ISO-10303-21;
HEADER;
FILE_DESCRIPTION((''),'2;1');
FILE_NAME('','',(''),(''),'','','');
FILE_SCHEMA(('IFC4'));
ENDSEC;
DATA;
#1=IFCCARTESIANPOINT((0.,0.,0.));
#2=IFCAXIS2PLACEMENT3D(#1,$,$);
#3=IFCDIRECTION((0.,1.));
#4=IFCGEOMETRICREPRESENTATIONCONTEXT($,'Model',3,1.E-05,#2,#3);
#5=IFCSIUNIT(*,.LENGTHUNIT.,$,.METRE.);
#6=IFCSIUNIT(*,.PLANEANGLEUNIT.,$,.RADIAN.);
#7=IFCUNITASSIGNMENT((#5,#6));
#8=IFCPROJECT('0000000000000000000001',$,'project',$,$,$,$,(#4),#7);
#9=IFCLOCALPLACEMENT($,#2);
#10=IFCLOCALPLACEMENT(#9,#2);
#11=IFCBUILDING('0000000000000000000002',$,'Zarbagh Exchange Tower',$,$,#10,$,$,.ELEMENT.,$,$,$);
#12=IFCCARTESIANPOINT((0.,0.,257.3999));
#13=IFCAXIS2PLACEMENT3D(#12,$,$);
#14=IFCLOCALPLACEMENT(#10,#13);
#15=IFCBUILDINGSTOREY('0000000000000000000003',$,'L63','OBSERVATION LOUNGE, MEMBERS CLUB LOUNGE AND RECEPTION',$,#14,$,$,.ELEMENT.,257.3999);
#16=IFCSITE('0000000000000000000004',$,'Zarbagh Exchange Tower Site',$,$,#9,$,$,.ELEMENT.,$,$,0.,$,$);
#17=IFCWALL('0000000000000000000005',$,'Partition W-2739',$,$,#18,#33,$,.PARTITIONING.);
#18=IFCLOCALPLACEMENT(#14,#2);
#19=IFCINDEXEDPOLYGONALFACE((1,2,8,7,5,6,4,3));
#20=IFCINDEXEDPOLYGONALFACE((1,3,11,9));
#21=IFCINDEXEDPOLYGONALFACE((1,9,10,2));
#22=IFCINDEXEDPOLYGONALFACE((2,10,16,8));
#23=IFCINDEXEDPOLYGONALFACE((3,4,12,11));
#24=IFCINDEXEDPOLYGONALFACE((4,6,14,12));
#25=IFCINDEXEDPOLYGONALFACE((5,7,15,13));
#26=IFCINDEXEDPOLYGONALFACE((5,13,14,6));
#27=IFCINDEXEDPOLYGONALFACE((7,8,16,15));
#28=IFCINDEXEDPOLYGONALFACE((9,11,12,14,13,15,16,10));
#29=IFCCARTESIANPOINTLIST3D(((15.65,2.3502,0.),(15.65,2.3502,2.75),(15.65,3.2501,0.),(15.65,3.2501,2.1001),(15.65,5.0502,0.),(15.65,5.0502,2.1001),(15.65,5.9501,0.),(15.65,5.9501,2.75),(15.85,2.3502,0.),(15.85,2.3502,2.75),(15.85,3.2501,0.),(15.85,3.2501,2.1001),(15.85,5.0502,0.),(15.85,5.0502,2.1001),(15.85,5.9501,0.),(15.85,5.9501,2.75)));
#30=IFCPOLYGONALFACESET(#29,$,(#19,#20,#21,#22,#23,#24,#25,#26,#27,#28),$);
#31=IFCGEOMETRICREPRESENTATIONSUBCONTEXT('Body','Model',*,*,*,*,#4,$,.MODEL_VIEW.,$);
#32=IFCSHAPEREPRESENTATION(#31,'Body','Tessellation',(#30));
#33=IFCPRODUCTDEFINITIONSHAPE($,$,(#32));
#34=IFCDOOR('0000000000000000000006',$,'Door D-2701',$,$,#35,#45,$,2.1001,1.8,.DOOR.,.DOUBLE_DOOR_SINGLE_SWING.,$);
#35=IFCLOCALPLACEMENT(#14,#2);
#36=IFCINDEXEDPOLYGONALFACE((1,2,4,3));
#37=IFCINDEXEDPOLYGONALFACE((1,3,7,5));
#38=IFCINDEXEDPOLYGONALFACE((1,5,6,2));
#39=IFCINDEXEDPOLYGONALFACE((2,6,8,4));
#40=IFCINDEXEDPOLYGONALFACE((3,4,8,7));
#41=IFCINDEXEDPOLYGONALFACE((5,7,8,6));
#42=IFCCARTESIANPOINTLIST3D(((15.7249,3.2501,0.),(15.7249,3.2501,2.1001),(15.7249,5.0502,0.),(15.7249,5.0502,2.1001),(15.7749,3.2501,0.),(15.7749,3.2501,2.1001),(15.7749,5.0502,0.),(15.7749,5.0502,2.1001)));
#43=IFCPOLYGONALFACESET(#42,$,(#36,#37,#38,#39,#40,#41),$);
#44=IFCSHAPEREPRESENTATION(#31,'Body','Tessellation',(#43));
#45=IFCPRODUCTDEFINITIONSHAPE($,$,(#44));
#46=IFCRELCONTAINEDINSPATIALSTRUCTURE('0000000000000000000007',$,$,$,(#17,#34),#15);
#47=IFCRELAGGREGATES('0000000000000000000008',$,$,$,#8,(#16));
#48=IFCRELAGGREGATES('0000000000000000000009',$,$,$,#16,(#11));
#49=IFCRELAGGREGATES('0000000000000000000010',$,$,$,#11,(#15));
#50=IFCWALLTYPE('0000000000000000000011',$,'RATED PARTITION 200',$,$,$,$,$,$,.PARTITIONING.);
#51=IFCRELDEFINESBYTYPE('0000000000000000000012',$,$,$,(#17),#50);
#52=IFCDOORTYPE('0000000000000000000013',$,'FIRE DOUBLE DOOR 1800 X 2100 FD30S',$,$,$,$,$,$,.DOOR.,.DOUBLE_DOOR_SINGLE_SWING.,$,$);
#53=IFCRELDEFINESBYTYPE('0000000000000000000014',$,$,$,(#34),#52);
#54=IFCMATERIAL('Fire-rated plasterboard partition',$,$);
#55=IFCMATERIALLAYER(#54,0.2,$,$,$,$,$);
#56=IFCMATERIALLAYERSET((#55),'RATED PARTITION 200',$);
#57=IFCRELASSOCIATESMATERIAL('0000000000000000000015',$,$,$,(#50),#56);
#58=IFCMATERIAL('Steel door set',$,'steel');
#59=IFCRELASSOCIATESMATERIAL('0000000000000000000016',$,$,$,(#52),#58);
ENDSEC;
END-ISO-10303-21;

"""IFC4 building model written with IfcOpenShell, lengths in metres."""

from ifc_helpers import new_model, si_unit, direction, frame, frame_2d, origin, place, context, subcontext, project, spatial, rectangle, extrude, material, layer, layer_set, type_object, element, fill, save


model = new_model("IFC4")

# Units and contexts
model_context = context("Model", 3, precision=1e-05, world=origin(), true_north=direction((0.0, 1.0)))
body_context = subcontext(model_context, "Body", "Model", "MODEL_VIEW")
ifc_project = project(units=[si_unit("LENGTHUNIT", "METRE"), si_unit("PLANEANGLEUNIT", "RADIAN")], contexts=[model_context])

# Site, building, storey
site_placement = place(None, origin())
site = spatial("IfcSite", under=ifc_project, at=site_placement, Name="Zarbagh Exchange Tower Site", CompositionType="ELEMENT", RefElevation=0.0)
building_placement = place(site_placement, origin())
building = spatial("IfcBuilding", under=site, at=building_placement, Name="Zarbagh Exchange Tower", CompositionType="ELEMENT")
storey_placement = place(building_placement, frame((0.0, 0.0, 257.3999)))
storey = spatial("IfcBuildingStorey", under=building, at=storey_placement, Name="L63", Description="OBSERVATION LOUNGE, MEMBERS CLUB LOUNGE AND RECEPTION", CompositionType="ELEMENT", Elevation=257.3999)

# Shared definitions
ifc_material_1 = material(Name="Fire-rated plasterboard partition")
ifc_layer = layer(ifc_material_1, 0.2)
ifc_layer_set = layer_set([ifc_layer], Name="RATED PARTITION 200")
wall_type = type_object("IfcWallType", Name="RATED PARTITION 200", PredefinedType="PARTITIONING", material=ifc_layer_set)
ifc_material_2 = material(Name="Steel door set", Category="steel")

# Wall, opening, door
wall_1_placement = place(storey_placement, frame((15.75, 5.95, 0.0), z_axis=(0.0, 0.0, 1.0), x_axis=(0.0, -1.0, 0.0)))
wall_1 = element("IfcWall", 1, at=wall_1_placement, inside=storey, type_object=wall_type, Name="Partition W-2739", PredefinedType="PARTITIONING", context=body_context, shape_type="SweptSolid", body=[
    extrude(rectangle(XDim=3.5999, YDim=0.2, at=frame_2d((1.7998, 0.0))), origin(), (0.0, 0.0, 1.0), 2.75),
])
opening_1_placement = place(wall_1_placement, frame((0.8999, 0.0, 0.0)))
opening_1 = element("IfcOpeningElement", 2, at=opening_1_placement, cuts=wall_1, PredefinedType="OPENING", context=body_context, shape_type="SweptSolid", body=[
    extrude(rectangle(XDim=1.8, YDim=2.1001, at=frame_2d((0.8999, 1.05))), frame((0.0, 0.1099, 0.0), z_axis=(0.0, -1.0, 0.0), x_axis=(1.0, 0.0, 0.0)), (0.0, 0.0, 1.0), 0.22),
])
door_type_1 = type_object("IfcDoorType", Name="FIRE DOUBLE DOOR 1800 X 2100 FD30S", OperationType="DOUBLE_DOOR_SINGLE_SWING", PredefinedType="DOOR", material=ifc_material_2)
door_1_placement = place(opening_1_placement, origin())
door_1 = element("IfcDoor", 3, at=door_1_placement, inside=storey, type_object=door_type_1, Name="Door D-2701", OperationType="DOUBLE_DOOR_SINGLE_SWING", OverallHeight=2.1001, OverallWidth=1.8, PredefinedType="DOOR", context=body_context, shape_type="SweptSolid", body=[
    extrude(rectangle(XDim=1.8, YDim=2.1001, at=frame_2d((0.8999, 1.05))), frame((0.0, 0.0249, 0.0), z_axis=(0.0, -1.0, 0.0), x_axis=(1.0, 0.0, 0.0)), (0.0, 0.0, 1.0), 0.05),
])
fill(opening_1, door_1)

save(model, "model.ifc")
